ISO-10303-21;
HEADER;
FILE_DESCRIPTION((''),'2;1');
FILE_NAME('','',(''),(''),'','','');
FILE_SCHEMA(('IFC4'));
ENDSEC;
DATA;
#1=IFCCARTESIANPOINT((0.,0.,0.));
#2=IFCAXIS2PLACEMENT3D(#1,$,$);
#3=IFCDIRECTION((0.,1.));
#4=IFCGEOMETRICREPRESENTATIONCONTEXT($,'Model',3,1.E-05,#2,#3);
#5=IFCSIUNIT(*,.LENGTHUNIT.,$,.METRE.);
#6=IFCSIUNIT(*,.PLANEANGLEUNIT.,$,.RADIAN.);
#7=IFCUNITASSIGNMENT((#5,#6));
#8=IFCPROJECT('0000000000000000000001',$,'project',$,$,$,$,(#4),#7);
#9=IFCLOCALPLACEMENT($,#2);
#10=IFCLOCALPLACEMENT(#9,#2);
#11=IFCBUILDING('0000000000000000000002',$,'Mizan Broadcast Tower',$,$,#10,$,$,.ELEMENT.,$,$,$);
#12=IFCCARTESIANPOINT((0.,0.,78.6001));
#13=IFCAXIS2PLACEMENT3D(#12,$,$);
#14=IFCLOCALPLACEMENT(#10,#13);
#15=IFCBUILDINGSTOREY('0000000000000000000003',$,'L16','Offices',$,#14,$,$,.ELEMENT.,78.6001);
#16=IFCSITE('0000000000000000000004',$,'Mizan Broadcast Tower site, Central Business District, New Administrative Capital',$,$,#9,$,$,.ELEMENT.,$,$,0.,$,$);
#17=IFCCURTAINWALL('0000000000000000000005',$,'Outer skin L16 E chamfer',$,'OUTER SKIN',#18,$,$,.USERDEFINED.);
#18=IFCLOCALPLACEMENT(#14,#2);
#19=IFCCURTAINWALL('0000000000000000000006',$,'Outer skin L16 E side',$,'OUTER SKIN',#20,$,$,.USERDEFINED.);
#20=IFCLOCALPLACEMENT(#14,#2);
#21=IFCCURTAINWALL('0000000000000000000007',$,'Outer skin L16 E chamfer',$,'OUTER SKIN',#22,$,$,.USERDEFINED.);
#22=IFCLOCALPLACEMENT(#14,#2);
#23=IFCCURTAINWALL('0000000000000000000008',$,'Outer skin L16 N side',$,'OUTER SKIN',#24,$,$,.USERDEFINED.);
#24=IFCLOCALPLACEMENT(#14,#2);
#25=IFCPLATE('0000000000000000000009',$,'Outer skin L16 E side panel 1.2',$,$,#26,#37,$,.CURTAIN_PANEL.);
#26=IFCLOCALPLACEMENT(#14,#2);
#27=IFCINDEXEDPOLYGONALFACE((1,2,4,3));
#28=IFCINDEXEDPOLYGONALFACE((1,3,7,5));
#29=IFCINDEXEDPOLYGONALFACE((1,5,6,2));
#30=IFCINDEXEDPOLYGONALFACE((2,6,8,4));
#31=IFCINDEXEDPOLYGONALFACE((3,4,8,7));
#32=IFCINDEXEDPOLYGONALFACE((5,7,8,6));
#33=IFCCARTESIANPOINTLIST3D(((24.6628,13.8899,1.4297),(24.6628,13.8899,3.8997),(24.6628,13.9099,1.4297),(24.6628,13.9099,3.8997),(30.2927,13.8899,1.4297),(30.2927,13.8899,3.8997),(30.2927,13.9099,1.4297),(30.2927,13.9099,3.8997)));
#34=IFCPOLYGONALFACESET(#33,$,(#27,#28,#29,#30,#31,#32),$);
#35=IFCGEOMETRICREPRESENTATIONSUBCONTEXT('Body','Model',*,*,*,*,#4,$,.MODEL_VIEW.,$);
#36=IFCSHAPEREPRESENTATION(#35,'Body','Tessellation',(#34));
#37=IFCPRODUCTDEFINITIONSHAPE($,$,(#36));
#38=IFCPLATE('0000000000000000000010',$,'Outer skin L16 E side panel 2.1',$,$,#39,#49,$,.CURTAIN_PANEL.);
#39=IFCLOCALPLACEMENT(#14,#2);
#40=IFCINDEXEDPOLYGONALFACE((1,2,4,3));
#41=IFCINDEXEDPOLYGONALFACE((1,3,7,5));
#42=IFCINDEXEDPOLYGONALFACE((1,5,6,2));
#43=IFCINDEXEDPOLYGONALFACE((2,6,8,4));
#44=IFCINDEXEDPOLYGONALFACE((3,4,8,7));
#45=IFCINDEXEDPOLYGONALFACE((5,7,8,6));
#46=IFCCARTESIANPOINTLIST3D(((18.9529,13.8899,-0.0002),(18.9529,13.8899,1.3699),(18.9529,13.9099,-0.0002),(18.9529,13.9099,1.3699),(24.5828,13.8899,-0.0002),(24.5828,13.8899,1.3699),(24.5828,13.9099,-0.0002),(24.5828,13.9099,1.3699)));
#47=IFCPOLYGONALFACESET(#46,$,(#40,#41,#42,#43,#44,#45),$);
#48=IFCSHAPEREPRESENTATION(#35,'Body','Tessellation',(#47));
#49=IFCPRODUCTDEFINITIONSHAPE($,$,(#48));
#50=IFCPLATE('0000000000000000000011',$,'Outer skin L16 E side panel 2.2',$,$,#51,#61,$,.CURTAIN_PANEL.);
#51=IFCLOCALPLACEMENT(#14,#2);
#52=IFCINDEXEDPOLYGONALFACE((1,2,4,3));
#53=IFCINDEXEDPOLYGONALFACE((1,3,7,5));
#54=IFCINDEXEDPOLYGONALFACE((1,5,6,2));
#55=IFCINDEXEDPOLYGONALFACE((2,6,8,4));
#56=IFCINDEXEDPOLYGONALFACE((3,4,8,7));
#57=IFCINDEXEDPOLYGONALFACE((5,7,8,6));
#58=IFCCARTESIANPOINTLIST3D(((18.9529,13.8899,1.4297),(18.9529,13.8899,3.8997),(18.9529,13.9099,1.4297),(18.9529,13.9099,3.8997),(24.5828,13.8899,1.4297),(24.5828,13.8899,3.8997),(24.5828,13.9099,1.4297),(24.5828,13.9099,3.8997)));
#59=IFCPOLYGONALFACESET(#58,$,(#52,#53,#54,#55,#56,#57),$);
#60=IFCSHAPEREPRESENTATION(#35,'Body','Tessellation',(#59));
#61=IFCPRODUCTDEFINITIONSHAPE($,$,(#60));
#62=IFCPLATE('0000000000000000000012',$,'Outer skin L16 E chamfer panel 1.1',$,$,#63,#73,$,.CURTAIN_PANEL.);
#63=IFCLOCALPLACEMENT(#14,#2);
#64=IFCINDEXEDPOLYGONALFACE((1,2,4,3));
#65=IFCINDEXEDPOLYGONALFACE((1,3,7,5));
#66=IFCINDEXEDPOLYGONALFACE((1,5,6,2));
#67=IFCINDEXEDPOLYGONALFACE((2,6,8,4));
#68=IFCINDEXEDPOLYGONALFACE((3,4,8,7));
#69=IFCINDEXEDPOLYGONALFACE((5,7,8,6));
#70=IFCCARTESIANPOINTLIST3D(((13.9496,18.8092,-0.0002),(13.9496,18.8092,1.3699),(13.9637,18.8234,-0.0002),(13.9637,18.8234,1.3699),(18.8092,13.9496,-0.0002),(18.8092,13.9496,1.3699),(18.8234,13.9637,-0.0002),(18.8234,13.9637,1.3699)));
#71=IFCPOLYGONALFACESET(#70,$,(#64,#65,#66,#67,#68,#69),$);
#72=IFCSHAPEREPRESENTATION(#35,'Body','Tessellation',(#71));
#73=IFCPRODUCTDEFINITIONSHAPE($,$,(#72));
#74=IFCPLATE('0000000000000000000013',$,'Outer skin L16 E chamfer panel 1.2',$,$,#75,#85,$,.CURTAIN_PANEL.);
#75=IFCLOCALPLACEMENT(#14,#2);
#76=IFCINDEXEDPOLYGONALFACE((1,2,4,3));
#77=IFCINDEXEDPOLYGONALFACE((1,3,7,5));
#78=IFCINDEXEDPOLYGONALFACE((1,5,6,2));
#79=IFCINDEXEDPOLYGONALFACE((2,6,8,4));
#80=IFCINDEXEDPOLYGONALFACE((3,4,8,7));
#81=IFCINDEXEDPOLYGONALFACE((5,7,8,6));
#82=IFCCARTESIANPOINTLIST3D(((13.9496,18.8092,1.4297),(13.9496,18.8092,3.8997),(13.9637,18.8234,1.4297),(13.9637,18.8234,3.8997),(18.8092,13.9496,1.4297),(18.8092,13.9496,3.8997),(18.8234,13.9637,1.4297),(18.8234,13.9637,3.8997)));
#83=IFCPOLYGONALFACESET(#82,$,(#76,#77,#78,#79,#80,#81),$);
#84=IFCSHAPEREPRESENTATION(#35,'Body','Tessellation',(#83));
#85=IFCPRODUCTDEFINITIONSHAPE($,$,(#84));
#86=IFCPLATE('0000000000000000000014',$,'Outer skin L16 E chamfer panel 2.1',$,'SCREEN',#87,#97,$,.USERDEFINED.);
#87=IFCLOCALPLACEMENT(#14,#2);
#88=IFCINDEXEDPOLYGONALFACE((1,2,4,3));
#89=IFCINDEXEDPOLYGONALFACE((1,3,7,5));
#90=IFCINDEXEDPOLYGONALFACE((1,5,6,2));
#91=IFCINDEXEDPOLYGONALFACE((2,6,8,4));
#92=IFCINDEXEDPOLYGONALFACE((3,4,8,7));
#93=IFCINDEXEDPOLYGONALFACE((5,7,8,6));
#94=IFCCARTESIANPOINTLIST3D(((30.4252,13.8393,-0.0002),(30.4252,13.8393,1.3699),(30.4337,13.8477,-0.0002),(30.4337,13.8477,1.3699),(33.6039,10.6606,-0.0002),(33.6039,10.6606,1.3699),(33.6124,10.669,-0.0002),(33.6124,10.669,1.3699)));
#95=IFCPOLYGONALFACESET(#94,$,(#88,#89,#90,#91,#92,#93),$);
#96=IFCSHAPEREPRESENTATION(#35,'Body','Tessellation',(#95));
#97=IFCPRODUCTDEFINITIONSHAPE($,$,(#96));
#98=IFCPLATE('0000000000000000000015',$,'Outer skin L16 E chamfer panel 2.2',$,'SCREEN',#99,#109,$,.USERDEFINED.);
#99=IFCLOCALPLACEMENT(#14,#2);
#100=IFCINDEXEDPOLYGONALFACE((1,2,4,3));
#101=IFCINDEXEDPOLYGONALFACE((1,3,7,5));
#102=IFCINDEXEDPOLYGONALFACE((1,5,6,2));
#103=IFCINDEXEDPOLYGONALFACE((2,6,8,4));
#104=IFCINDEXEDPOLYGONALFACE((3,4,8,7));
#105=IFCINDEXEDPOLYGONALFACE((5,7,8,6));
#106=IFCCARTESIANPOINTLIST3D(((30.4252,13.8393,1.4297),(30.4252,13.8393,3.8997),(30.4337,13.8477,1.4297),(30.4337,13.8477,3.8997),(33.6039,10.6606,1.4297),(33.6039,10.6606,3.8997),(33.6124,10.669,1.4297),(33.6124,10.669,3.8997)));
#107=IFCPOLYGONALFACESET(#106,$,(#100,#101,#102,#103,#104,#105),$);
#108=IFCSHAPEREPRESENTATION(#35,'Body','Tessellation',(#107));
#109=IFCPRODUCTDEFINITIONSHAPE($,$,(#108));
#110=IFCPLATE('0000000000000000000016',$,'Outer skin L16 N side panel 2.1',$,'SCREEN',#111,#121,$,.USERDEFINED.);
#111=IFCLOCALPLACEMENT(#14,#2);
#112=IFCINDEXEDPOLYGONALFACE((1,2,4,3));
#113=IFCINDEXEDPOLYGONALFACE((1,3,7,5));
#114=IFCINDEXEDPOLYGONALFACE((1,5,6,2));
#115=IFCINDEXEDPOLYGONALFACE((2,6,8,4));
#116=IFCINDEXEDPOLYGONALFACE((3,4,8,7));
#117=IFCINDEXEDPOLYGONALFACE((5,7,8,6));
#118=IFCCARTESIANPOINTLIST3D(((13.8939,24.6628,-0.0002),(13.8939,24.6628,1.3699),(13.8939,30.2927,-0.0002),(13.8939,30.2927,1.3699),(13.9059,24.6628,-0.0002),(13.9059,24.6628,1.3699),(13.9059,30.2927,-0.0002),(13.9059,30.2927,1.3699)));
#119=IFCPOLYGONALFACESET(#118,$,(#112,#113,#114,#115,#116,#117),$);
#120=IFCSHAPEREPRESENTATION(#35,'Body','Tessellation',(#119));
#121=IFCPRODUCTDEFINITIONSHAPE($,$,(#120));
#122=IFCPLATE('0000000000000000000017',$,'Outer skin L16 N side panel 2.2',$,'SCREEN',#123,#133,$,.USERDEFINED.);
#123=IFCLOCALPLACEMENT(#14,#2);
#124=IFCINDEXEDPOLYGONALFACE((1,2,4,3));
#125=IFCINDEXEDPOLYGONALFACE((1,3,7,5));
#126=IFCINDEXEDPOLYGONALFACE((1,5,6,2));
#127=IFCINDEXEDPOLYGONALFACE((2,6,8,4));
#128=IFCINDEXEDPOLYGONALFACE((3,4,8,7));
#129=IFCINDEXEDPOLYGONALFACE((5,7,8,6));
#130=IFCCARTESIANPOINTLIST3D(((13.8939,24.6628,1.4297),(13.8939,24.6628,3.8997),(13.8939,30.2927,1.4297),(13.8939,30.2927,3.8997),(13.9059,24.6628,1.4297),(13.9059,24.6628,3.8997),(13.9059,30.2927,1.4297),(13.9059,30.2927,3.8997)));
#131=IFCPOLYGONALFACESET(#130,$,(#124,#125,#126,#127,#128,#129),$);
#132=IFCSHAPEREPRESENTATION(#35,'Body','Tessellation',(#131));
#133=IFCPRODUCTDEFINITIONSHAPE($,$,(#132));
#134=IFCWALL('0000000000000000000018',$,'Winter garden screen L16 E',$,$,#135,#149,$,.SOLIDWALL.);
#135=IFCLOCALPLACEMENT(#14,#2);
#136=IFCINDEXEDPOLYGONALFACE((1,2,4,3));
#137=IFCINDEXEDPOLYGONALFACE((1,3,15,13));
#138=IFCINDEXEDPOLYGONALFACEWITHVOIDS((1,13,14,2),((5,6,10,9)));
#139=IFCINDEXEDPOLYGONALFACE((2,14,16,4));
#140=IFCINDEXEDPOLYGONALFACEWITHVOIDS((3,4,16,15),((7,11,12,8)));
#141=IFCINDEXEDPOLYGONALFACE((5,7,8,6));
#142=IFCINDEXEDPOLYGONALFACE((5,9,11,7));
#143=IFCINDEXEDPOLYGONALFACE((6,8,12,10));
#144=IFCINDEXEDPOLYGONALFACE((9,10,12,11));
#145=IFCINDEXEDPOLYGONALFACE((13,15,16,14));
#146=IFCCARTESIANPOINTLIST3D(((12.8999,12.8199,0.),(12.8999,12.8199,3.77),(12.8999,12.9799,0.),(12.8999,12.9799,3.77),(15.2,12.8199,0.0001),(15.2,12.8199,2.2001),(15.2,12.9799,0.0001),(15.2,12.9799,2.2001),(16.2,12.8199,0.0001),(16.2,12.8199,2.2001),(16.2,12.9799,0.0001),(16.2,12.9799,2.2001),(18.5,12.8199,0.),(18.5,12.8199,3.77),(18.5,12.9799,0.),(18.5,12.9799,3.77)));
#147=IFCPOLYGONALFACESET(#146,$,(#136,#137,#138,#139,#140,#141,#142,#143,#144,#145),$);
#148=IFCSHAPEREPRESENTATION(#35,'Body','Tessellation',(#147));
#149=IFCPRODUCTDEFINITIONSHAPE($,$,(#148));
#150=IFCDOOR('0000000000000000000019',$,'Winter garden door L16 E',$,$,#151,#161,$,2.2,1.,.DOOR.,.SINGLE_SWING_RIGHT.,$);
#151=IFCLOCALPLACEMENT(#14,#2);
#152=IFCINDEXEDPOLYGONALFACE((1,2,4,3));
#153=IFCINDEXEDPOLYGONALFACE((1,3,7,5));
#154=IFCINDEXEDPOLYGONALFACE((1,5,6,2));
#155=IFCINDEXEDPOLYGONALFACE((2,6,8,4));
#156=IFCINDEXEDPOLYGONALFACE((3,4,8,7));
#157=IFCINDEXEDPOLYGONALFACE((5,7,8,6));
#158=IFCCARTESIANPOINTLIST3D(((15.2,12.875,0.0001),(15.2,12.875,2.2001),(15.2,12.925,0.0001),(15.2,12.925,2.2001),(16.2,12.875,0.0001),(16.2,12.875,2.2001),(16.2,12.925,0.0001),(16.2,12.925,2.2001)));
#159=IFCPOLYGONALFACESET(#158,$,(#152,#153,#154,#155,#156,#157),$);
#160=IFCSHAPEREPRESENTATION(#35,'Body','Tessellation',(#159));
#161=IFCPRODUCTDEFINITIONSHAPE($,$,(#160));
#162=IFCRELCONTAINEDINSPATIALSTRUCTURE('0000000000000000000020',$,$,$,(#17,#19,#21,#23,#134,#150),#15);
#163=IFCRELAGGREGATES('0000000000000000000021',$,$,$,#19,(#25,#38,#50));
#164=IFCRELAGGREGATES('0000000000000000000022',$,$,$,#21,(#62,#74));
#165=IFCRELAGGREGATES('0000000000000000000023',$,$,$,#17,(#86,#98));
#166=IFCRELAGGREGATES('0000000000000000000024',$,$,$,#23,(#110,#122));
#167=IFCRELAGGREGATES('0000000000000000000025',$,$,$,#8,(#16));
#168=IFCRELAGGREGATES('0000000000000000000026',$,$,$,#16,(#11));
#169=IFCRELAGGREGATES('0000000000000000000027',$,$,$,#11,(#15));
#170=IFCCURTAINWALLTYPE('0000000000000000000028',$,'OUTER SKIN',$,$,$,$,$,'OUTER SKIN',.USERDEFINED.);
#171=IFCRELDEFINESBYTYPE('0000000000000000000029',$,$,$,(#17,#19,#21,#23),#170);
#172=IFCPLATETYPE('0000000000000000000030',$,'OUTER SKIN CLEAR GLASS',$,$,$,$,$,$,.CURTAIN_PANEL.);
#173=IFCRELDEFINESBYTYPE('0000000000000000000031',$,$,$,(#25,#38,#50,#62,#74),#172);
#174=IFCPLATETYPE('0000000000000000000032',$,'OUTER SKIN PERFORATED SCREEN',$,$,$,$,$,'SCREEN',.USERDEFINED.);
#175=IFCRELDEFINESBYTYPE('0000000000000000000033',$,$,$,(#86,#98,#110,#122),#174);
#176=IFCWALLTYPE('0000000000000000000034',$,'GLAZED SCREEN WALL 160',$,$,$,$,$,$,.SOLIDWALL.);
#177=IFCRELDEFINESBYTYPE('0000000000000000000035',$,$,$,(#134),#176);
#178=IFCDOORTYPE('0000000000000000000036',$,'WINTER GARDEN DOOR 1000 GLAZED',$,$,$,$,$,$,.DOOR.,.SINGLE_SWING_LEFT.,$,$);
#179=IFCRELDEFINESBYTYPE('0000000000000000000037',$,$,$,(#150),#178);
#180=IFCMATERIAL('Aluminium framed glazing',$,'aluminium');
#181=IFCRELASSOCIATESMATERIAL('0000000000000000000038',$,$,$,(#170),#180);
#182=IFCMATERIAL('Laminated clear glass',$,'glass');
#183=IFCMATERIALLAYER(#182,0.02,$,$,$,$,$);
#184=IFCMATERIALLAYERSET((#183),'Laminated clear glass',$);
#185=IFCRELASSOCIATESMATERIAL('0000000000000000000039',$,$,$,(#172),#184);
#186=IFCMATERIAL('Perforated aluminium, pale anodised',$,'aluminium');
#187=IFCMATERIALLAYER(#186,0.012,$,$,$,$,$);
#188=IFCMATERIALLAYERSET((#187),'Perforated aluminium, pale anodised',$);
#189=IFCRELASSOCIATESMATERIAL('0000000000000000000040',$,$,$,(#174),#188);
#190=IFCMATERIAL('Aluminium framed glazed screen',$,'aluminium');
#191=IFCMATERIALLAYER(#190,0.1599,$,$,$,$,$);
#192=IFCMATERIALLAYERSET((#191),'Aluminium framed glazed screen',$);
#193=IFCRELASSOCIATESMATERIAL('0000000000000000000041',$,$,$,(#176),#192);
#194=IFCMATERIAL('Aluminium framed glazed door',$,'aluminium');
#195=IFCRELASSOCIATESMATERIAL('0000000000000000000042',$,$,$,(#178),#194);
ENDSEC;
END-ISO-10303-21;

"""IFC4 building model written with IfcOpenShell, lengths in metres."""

from ifc_helpers import new_model, si_unit, direction, frame, frame_2d, origin, origin_2d, place, context, subcontext, project, spatial, rectangle, extrude, material, layer, layer_set, type_object, element, fill, aggregate, save


model = new_model("IFC4")

# Units and contexts
model_context = context("Model", 3, precision=1e-05, world=origin(), true_north=direction((0.0, 1.0)))
body_context = subcontext(model_context, "Body", "Model", "MODEL_VIEW")
ifc_project = project(units=[si_unit("LENGTHUNIT", "METRE"), si_unit("PLANEANGLEUNIT", "RADIAN")], contexts=[model_context])

# Site, building, storey
site_placement = place(None, origin())
site = spatial("IfcSite", under=ifc_project, at=site_placement, Name="Mizan Broadcast Tower site, Central Business District, New Administrative Capital", CompositionType="ELEMENT", RefElevation=0.0)
building_placement = place(site_placement, origin())
building = spatial("IfcBuilding", under=site, at=building_placement, Name="Mizan Broadcast Tower", CompositionType="ELEMENT")
storey_placement = place(building_placement, frame((0.0, 0.0, 78.6001)))
storey = spatial("IfcBuildingStorey", under=building, at=storey_placement, Name="L16", Description="Offices", CompositionType="ELEMENT", Elevation=78.6001)

# Curtain wall
ifc_material_1 = material(Name="Aluminium framed glazing", Category="aluminium")
curtain_wall_type_1 = type_object("IfcCurtainWallType", Name="OUTER SKIN", ElementType="OUTER SKIN", PredefinedType="USERDEFINED", material=ifc_material_1)
curtain_wall_1_placement = place(storey_placement, origin())
curtain_wall_1 = element("IfcCurtainWall", 1, at=curtain_wall_1_placement, inside=storey, type_object=curtain_wall_type_1, Name="Outer skin L16 E chamfer", ObjectType="OUTER SKIN", PredefinedType="USERDEFINED")

# Curtain wall
curtain_wall_2_placement = place(storey_placement, origin())
curtain_wall_2 = element("IfcCurtainWall", 2, at=curtain_wall_2_placement, inside=storey, type_object=curtain_wall_type_1, Name="Outer skin L16 E side", ObjectType="OUTER SKIN", PredefinedType="USERDEFINED")

# Curtain wall
curtain_wall_3_placement = place(storey_placement, origin())
curtain_wall_3 = element("IfcCurtainWall", 3, at=curtain_wall_3_placement, inside=storey, type_object=curtain_wall_type_1, Name="Outer skin L16 E chamfer", ObjectType="OUTER SKIN", PredefinedType="USERDEFINED")

# Curtain wall
curtain_wall_4_placement = place(storey_placement, origin())
curtain_wall_4 = element("IfcCurtainWall", 4, at=curtain_wall_4_placement, inside=storey, type_object=curtain_wall_type_1, Name="Outer skin L16 N side", ObjectType="OUTER SKIN", PredefinedType="USERDEFINED")

# Plates
ifc_material_2 = material(Name="Laminated clear glass", Category="glass")
ifc_layer_1 = layer(ifc_material_2, 0.02)
ifc_layer_set_1 = layer_set([ifc_layer_1], Name="Laminated clear glass")
plate_type_1 = type_object("IfcPlateType", Name="OUTER SKIN CLEAR GLASS", PredefinedType="CURTAIN_PANEL", material=ifc_layer_set_1)
plate_1_placement = place(storey_placement, frame((27.4778, 13.8999, 1.4297), z_axis=(0.0, 0.0, 1.0), x_axis=(-1.0, 0.0, 0.0)))
plate_1 = element("IfcPlate", 5, at=plate_1_placement, type_object=plate_type_1, Name="Outer skin L16 E side panel 1.2", PredefinedType="CURTAIN_PANEL", context=body_context, shape_type="SweptSolid", body=[
    extrude(rectangle(XDim=5.6299, YDim=0.02, at=origin_2d()), origin(), (0.0, 0.0, 1.0), 2.47),
])
plate_2_placement = place(storey_placement, frame((21.7678, 13.8999, -0.0002), z_axis=(0.0, 0.0, 1.0), x_axis=(-1.0, 0.0, 0.0)))
plate_2 = element("IfcPlate", 6, at=plate_2_placement, type_object=plate_type_1, Name="Outer skin L16 E side panel 2.1", PredefinedType="CURTAIN_PANEL", context=body_context, shape_type="SweptSolid", body=[
    extrude(rectangle(XDim=5.6299, YDim=0.02, at=origin_2d()), origin(), (0.0, 0.0, 1.0), 1.3701),
])
plate_3_placement = place(storey_placement, frame((21.7678, 13.8999, 1.4297), z_axis=(0.0, 0.0, 1.0), x_axis=(-1.0, 0.0, 0.0)))
plate_3 = element("IfcPlate", 7, at=plate_3_placement, type_object=plate_type_1, Name="Outer skin L16 E side panel 2.2", PredefinedType="CURTAIN_PANEL", context=body_context, shape_type="SweptSolid", body=[
    extrude(rectangle(XDim=5.6299, YDim=0.02, at=origin_2d()), origin(), (0.0, 0.0, 1.0), 2.47),
])
aggregate(curtain_wall_2, [plate_1, plate_2, plate_3])
plate_4_placement = place(storey_placement, frame((16.3865, 16.3865, -0.0002), z_axis=(0.0, 0.0, 1.0), x_axis=(-0.707107, 0.707107, 0.0)))
plate_4 = element("IfcPlate", 8, at=plate_4_placement, type_object=plate_type_1, Name="Outer skin L16 E chamfer panel 1.1", PredefinedType="CURTAIN_PANEL", context=body_context, shape_type="SweptSolid", body=[
    extrude(rectangle(XDim=6.8726, YDim=0.02, at=origin_2d()), origin(), (0.0, 0.0, 1.0), 1.3701),
])
plate_5_placement = place(storey_placement, frame((16.3865, 16.3865, 1.4297), z_axis=(0.0, 0.0, 1.0), x_axis=(-0.707107, 0.707107, 0.0)))
plate_5 = element("IfcPlate", 9, at=plate_5_placement, type_object=plate_type_1, Name="Outer skin L16 E chamfer panel 1.2", PredefinedType="CURTAIN_PANEL", context=body_context, shape_type="SweptSolid", body=[
    extrude(rectangle(XDim=6.8726, YDim=0.02, at=origin_2d()), origin(), (0.0, 0.0, 1.0), 2.47),
])
aggregate(curtain_wall_3, [plate_4, plate_5])
ifc_material_3 = material(Name="Perforated aluminium, pale anodised", Category="aluminium")
ifc_layer_2 = layer(ifc_material_3, 0.012)
ifc_layer_set_2 = layer_set([ifc_layer_2], Name="Perforated aluminium, pale anodised")
plate_type_2 = type_object("IfcPlateType", Name="OUTER SKIN PERFORATED SCREEN", ElementType="SCREEN", PredefinedType="USERDEFINED", material=ifc_layer_set_2)
plate_6_placement = place(storey_placement, frame((32.0188, 12.2542, -0.0002), z_axis=(0.0, 0.0, 1.0), x_axis=(-0.707107, 0.707107, 0.0)))
plate_6 = element("IfcPlate", 10, at=plate_6_placement, type_object=plate_type_2, Name="Outer skin L16 E chamfer panel 2.1", ObjectType="SCREEN", PredefinedType="USERDEFINED", context=body_context, shape_type="SweptSolid", body=[
    extrude(rectangle(XDim=4.4954, YDim=0.012, at=origin_2d()), origin(), (0.0, 0.0, 1.0), 1.3701),
])
plate_7_placement = place(storey_placement, frame((32.0188, 12.2542, 1.4297), z_axis=(0.0, 0.0, 1.0), x_axis=(-0.707107, 0.707107, 0.0)))
plate_7 = element("IfcPlate", 11, at=plate_7_placement, type_object=plate_type_2, Name="Outer skin L16 E chamfer panel 2.2", ObjectType="SCREEN", PredefinedType="USERDEFINED", context=body_context, shape_type="SweptSolid", body=[
    extrude(rectangle(XDim=4.4954, YDim=0.012, at=origin_2d()), origin(), (0.0, 0.0, 1.0), 2.47),
])
aggregate(curtain_wall_1, [plate_6, plate_7])
plate_8_placement = place(storey_placement, frame((13.8999, 27.4778, -0.0002), z_axis=(0.0, 0.0, 1.0), x_axis=(0.0, 1.0, 0.0)))
plate_8 = element("IfcPlate", 12, at=plate_8_placement, type_object=plate_type_2, Name="Outer skin L16 N side panel 2.1", ObjectType="SCREEN", PredefinedType="USERDEFINED", context=body_context, shape_type="SweptSolid", body=[
    extrude(rectangle(XDim=5.6299, YDim=0.012, at=origin_2d()), origin(), (0.0, 0.0, 1.0), 1.3701),
])
plate_9_placement = place(storey_placement, frame((13.8999, 27.4778, 1.4297), z_axis=(0.0, 0.0, 1.0), x_axis=(0.0, 1.0, 0.0)))
plate_9 = element("IfcPlate", 13, at=plate_9_placement, type_object=plate_type_2, Name="Outer skin L16 N side panel 2.2", ObjectType="SCREEN", PredefinedType="USERDEFINED", context=body_context, shape_type="SweptSolid", body=[
    extrude(rectangle(XDim=5.6299, YDim=0.012, at=origin_2d()), origin(), (0.0, 0.0, 1.0), 2.47),
])
aggregate(curtain_wall_4, [plate_8, plate_9])

# Wall, opening, door
ifc_material_4 = material(Name="Aluminium framed glazed screen", Category="aluminium")
ifc_layer_3 = layer(ifc_material_4, 0.1599)
ifc_layer_set_3 = layer_set([ifc_layer_3], Name="Aluminium framed glazed screen")
wall_type = type_object("IfcWallType", Name="GLAZED SCREEN WALL 160", PredefinedType="SOLIDWALL", material=ifc_layer_set_3)
wall_placement = place(storey_placement, frame((18.5, 12.8999, 0.0), z_axis=(0.0, 0.0, 1.0), x_axis=(-1.0, 0.0, 0.0)))
wall = element("IfcWall", 14, at=wall_placement, inside=storey, type_object=wall_type, Name="Winter garden screen L16 E", PredefinedType="SOLIDWALL", context=body_context, shape_type="SweptSolid", body=[
    extrude(rectangle(XDim=5.6001, YDim=0.1599, at=frame_2d((2.8, 0.0))), origin(), (0.0, 0.0, 1.0), 3.77),
])
opening_placement = place(wall_placement, frame((2.3, 0.0, 0.0)))
opening = element("IfcOpeningElement", 15, at=opening_placement, cuts=wall, PredefinedType="OPENING", context=body_context, shape_type="SweptSolid", body=[
    extrude(rectangle(XDim=1.0, YDim=2.2, at=frame_2d((0.5, 1.1001))), frame((0.0, 0.0898, 0.0), z_axis=(0.0, -1.0, 0.0), x_axis=(1.0, 0.0, 0.0)), (0.0, 0.0, 1.0), 0.1799),
])
ifc_material_5 = material(Name="Aluminium framed glazed door", Category="aluminium")
door_type = type_object("IfcDoorType", Name="WINTER GARDEN DOOR 1000 GLAZED", OperationType="SINGLE_SWING_LEFT", PredefinedType="DOOR", material=ifc_material_5)
door_placement = place(opening_placement, origin())
door = element("IfcDoor", 16, at=door_placement, inside=storey, type_object=door_type, Name="Winter garden door L16 E", OperationType="SINGLE_SWING_RIGHT", OverallHeight=2.2, OverallWidth=1.0, PredefinedType="DOOR", context=body_context, shape_type="SweptSolid", body=[
    extrude(rectangle(XDim=1.0, YDim=2.2, at=frame_2d((0.5, 1.1001))), frame((0.0, 0.0249, 0.0), z_axis=(0.0, -1.0, 0.0), x_axis=(1.0, 0.0, 0.0)), (0.0, 0.0, 1.0), 0.05),
])
fill(opening, door)

save(model, "model.ifc")
